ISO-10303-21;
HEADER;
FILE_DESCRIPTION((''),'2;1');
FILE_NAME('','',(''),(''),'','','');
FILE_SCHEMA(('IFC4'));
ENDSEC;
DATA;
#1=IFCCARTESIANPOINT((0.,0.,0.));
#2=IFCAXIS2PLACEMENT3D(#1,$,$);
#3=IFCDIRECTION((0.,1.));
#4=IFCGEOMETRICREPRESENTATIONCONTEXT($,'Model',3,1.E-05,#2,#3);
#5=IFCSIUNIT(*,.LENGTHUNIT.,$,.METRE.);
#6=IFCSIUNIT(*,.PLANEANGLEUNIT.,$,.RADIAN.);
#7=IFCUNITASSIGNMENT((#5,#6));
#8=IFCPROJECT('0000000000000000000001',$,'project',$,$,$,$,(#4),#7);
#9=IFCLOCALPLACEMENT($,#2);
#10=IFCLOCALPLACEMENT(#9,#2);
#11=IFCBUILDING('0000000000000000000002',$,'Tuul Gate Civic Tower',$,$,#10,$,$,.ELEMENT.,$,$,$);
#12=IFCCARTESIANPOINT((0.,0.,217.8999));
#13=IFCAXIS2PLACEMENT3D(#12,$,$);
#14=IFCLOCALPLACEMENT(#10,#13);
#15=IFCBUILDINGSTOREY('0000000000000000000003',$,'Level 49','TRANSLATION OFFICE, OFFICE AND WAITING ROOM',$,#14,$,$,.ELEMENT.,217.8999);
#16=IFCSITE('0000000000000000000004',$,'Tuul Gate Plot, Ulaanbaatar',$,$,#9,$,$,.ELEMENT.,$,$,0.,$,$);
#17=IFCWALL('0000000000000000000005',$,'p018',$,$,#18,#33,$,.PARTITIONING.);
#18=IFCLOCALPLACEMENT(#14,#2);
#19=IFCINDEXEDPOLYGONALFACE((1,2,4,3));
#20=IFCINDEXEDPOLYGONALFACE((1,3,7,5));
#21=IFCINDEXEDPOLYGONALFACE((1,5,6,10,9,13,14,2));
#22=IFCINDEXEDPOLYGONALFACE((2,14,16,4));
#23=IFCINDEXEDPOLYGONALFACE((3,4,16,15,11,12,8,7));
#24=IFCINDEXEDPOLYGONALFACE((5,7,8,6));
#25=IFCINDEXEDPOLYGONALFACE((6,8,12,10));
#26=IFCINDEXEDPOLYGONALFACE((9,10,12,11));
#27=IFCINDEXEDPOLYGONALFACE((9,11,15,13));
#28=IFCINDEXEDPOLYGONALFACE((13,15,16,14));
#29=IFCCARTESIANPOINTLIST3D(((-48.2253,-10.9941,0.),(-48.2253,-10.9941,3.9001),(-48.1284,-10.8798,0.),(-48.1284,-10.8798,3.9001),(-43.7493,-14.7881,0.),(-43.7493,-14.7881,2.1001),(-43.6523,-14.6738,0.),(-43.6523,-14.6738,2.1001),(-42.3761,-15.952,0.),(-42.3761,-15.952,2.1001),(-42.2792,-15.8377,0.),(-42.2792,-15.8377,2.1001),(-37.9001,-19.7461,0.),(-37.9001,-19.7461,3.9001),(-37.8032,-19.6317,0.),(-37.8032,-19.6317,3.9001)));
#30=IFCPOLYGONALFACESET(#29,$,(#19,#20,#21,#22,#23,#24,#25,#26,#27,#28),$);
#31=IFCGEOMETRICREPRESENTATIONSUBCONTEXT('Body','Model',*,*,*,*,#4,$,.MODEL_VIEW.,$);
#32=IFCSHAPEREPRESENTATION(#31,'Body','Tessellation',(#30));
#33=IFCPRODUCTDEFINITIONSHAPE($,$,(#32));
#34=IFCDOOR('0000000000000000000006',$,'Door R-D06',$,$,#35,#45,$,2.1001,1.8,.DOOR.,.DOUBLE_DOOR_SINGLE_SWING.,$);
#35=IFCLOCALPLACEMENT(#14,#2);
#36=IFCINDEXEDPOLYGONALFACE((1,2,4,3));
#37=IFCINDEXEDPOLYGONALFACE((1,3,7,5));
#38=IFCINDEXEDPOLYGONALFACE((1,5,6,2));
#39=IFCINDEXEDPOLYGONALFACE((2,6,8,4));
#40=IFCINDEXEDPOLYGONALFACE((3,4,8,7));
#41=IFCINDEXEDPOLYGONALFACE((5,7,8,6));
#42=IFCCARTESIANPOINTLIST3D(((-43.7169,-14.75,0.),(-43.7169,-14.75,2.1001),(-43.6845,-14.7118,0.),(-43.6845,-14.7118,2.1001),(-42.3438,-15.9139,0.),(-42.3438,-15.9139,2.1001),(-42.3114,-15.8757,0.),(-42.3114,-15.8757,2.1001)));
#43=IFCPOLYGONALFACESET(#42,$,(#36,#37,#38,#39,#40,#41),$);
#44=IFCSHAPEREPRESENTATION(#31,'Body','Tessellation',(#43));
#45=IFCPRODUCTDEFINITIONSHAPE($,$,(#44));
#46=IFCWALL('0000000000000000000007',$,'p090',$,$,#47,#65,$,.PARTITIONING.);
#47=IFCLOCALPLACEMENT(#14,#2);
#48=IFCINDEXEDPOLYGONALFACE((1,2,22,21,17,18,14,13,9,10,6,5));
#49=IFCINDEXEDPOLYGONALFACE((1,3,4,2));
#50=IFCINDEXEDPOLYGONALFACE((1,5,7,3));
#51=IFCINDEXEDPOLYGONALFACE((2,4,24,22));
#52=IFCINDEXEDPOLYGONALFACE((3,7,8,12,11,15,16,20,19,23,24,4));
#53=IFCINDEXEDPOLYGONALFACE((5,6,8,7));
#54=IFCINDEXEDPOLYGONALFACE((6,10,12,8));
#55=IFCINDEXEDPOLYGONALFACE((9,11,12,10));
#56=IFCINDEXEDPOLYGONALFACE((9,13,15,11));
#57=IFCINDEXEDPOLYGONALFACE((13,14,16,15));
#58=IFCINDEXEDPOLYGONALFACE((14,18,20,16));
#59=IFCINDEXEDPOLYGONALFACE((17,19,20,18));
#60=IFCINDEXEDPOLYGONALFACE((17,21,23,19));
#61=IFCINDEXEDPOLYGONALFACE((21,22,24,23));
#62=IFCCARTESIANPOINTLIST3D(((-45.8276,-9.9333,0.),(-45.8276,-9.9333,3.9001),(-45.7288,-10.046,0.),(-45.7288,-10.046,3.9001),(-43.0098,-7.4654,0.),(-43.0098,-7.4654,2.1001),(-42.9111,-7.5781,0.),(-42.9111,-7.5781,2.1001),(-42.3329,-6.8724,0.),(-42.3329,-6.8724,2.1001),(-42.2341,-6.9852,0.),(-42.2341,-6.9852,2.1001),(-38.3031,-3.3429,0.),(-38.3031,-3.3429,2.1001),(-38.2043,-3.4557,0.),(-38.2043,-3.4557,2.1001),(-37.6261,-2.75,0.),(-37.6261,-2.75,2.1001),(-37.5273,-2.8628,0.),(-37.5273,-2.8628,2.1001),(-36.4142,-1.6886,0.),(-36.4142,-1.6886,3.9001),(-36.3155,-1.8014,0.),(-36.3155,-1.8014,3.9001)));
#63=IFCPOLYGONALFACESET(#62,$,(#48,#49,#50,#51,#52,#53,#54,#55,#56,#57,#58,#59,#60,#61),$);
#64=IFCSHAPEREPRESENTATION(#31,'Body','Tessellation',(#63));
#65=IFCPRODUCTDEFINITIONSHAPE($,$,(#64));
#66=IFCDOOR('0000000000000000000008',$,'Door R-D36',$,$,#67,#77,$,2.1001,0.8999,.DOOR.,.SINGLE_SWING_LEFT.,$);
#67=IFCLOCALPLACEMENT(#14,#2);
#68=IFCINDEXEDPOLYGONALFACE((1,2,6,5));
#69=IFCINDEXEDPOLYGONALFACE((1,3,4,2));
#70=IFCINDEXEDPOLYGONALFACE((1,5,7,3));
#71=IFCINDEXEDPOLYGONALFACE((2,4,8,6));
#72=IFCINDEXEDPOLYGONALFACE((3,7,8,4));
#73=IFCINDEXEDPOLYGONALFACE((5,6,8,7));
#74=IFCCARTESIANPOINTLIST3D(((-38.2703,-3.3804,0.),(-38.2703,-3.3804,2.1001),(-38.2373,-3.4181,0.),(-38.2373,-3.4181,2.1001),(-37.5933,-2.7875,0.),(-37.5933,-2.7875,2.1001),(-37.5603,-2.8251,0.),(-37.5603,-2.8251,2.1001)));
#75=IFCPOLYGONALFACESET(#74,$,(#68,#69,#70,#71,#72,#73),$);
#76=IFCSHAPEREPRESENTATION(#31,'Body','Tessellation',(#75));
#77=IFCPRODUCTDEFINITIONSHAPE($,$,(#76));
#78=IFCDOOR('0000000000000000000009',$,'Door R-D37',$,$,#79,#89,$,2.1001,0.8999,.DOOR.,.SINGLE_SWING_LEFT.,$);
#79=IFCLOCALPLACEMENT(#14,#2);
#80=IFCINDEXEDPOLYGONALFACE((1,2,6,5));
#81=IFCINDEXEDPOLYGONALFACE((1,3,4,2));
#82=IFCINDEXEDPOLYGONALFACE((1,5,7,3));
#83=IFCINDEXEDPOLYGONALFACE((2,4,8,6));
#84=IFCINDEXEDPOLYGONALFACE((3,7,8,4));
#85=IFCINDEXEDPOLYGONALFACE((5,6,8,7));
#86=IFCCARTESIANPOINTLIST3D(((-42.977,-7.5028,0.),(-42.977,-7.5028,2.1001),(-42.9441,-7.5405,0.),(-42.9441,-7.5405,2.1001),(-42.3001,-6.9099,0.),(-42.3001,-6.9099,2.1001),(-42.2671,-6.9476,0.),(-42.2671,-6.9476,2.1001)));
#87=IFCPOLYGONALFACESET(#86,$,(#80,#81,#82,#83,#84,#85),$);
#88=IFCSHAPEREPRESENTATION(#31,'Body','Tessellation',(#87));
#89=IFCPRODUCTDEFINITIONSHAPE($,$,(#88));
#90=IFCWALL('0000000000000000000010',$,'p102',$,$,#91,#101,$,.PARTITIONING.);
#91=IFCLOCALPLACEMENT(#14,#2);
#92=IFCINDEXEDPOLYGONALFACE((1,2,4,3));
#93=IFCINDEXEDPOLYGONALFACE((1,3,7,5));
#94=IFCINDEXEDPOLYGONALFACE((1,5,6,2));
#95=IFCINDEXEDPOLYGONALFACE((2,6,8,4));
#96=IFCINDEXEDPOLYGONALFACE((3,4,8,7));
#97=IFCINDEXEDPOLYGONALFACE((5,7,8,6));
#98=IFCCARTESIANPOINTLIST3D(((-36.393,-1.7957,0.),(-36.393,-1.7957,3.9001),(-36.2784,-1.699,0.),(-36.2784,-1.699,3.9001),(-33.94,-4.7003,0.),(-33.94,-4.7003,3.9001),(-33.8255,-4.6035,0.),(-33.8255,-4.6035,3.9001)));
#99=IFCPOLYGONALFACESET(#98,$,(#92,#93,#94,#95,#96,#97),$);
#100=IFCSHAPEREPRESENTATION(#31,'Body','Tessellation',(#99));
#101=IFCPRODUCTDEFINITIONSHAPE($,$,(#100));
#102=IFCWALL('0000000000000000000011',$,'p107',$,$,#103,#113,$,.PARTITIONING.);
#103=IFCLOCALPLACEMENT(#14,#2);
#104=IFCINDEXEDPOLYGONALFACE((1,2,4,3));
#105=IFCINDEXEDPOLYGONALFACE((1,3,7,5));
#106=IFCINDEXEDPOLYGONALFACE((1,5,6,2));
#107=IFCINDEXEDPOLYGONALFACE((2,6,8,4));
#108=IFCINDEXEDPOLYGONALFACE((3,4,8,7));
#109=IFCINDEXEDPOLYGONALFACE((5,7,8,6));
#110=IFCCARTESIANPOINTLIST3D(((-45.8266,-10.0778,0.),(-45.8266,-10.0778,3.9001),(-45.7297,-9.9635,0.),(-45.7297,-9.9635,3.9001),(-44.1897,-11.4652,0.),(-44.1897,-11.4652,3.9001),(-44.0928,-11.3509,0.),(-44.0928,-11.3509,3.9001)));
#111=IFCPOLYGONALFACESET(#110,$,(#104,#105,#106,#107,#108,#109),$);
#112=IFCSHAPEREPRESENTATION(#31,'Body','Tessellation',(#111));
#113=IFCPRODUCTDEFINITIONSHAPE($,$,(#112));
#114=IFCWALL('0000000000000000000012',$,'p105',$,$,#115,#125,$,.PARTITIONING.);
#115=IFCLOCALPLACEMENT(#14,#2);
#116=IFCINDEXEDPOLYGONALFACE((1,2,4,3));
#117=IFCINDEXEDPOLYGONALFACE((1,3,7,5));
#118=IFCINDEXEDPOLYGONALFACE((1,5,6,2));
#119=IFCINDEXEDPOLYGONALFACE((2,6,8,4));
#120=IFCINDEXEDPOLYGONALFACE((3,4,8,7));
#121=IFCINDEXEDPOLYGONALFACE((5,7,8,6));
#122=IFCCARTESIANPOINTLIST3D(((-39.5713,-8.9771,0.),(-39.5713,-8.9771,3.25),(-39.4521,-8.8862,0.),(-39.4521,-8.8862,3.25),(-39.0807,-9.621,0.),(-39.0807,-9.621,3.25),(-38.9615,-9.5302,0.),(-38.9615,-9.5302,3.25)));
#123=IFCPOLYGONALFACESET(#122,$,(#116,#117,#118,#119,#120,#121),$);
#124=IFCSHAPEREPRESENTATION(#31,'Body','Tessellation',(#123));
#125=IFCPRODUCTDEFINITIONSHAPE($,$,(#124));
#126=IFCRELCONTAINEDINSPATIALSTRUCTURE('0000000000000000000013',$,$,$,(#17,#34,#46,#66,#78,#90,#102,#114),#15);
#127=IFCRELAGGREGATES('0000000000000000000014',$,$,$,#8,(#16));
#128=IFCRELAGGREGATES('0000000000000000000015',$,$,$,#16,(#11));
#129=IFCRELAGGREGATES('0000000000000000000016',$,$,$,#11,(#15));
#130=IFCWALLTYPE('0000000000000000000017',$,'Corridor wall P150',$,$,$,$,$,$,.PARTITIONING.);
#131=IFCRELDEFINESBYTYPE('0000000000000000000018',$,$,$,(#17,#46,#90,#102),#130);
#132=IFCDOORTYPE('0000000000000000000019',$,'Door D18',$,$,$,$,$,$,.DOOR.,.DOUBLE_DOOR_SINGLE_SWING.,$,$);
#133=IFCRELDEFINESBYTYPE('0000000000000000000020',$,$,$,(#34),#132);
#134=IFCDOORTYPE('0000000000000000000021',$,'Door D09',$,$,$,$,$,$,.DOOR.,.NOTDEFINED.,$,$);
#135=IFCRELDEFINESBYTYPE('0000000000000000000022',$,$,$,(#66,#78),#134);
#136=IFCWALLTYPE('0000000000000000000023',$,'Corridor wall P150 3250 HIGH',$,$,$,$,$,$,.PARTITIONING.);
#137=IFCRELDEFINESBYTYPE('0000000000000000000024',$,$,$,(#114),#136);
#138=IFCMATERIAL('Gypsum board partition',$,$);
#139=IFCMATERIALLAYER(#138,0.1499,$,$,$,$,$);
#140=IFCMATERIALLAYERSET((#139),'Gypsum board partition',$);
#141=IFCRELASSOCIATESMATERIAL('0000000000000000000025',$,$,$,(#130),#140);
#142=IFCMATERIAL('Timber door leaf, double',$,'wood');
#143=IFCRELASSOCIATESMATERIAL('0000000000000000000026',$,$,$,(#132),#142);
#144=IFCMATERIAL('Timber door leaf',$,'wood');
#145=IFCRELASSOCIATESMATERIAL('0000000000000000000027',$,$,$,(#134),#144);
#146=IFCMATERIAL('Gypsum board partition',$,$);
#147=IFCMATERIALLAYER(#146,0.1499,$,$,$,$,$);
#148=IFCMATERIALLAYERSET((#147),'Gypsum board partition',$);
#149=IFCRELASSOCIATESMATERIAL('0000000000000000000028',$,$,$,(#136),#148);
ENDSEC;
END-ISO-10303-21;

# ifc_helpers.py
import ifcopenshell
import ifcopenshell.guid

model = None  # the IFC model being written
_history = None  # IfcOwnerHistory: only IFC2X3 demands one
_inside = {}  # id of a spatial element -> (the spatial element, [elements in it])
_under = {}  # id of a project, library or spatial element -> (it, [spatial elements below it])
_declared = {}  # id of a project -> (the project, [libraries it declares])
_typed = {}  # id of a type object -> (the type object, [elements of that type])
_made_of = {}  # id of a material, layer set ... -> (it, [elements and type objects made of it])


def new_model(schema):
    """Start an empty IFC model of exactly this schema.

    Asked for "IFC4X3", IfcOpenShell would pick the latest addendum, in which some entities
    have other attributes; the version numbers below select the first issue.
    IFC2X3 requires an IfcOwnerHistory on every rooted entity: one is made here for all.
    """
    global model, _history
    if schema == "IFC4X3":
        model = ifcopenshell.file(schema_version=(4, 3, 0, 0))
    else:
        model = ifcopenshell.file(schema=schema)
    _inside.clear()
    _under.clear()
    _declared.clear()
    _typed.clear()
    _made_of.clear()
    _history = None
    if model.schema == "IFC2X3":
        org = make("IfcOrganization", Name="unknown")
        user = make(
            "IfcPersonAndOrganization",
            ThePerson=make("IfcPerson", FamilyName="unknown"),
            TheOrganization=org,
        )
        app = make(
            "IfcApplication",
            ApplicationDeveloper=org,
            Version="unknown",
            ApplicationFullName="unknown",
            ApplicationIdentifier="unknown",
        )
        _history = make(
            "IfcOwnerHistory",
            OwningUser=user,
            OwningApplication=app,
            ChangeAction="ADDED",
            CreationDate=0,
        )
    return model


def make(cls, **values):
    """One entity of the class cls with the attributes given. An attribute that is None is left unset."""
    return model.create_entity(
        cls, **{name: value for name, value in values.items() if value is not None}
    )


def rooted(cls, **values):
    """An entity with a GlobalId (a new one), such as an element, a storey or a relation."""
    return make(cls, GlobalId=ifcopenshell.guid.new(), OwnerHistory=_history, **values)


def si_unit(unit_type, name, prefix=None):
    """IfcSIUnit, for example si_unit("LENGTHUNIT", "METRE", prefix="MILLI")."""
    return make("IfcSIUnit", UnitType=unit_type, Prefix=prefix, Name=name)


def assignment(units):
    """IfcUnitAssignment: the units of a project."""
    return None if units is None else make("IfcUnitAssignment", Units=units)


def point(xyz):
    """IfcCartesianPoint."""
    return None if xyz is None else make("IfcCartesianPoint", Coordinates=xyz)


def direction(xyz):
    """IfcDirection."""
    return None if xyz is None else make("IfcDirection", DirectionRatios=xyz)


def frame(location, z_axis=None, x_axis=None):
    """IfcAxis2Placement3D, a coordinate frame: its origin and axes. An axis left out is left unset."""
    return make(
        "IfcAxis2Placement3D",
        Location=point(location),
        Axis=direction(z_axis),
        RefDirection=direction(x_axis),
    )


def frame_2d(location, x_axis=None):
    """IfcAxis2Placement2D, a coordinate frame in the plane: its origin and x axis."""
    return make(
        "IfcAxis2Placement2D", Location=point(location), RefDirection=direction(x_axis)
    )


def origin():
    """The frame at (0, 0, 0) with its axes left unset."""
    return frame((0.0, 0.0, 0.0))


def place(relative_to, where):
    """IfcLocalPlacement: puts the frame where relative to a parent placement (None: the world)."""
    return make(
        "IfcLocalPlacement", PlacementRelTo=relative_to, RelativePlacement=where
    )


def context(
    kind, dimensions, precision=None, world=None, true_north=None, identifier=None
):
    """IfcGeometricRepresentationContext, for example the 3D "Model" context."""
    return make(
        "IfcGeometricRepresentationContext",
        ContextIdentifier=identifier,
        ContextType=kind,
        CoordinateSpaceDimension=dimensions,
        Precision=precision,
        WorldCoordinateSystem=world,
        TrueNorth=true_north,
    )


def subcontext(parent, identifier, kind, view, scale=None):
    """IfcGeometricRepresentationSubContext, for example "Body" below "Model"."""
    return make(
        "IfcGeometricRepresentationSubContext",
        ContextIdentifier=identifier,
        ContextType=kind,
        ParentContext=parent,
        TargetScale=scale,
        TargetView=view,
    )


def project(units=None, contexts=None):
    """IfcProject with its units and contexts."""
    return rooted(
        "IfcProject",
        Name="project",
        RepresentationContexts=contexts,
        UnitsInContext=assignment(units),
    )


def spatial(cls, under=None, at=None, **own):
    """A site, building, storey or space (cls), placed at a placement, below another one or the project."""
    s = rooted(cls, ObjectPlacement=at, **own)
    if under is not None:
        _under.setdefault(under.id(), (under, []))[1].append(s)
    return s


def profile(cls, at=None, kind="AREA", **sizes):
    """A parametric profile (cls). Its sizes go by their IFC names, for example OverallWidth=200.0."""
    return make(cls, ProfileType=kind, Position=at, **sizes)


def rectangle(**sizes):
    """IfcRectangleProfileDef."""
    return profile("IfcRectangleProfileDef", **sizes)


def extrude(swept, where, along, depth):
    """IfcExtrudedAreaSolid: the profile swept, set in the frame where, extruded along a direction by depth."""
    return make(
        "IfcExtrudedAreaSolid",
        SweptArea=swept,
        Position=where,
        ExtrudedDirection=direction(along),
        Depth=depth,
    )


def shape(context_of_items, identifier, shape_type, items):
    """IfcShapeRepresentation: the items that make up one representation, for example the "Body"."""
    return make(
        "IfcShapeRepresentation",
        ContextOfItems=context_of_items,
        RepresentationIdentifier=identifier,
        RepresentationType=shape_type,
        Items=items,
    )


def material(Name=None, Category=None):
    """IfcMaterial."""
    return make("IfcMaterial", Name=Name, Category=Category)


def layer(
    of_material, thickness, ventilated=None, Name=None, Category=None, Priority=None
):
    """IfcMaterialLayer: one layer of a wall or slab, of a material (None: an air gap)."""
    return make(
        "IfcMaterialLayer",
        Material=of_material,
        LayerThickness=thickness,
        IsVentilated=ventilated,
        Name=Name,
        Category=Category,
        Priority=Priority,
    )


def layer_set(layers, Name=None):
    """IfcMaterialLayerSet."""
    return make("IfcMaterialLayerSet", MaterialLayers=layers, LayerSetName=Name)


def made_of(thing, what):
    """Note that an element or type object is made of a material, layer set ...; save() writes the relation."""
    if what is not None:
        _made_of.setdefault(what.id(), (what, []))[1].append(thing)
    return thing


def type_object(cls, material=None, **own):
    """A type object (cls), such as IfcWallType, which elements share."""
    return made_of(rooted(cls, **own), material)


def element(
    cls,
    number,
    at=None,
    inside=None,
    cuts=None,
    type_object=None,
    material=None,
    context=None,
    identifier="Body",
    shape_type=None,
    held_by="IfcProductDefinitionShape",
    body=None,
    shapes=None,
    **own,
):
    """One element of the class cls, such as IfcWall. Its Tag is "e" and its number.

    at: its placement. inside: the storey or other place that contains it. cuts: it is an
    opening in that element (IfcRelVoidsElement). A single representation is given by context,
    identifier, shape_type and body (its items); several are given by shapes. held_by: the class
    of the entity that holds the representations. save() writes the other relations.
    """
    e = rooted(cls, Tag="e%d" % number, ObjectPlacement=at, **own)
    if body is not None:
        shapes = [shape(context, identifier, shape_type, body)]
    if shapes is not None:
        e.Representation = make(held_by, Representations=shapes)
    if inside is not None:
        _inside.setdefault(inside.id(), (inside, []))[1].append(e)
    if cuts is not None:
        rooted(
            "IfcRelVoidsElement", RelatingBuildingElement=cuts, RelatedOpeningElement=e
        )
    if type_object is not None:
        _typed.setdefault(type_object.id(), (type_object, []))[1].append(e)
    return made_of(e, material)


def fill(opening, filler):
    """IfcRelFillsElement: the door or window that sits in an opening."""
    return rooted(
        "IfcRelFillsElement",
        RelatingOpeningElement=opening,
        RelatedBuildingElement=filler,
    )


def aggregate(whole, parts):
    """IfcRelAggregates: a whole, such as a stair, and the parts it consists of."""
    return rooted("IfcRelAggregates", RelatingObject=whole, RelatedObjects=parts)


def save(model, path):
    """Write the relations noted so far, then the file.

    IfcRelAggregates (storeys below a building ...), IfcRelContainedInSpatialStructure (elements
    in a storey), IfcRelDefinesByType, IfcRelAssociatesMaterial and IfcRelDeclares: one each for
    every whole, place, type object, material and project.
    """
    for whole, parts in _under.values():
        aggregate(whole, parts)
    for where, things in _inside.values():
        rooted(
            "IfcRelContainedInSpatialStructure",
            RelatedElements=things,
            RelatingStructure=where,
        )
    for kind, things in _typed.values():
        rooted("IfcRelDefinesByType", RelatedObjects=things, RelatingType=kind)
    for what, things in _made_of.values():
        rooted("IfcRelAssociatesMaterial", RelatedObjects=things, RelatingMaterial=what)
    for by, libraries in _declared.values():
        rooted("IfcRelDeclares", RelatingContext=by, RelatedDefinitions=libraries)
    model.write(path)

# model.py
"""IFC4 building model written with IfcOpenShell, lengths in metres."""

from ifc_helpers import new_model, si_unit, direction, frame, frame_2d, origin, place, context, subcontext, project, spatial, rectangle, extrude, material, layer, layer_set, type_object, element, fill, save


model = new_model("IFC4")

# Units and contexts
model_context = context("Model", 3, precision=1e-05, world=origin(), true_north=direction((0.0, 1.0)))
body_context = subcontext(model_context, "Body", "Model", "MODEL_VIEW")
ifc_project = project(units=[si_unit("LENGTHUNIT", "METRE"), si_unit("PLANEANGLEUNIT", "RADIAN")], contexts=[model_context])

# Site, building, storey
site_placement = place(None, origin())
site = spatial("IfcSite", under=ifc_project, at=site_placement, Name="Tuul Gate Plot, Ulaanbaatar", CompositionType="ELEMENT", RefElevation=0.0)
building_placement = place(site_placement, origin())
building = spatial("IfcBuilding", under=site, at=building_placement, Name="Tuul Gate Civic Tower", CompositionType="ELEMENT")
storey_placement = place(building_placement, frame((0.0, 0.0, 217.8999)))
storey = spatial("IfcBuildingStorey", under=building, at=storey_placement, Name="Level 49", Description="TRANSLATION OFFICE, OFFICE AND WAITING ROOM", CompositionType="ELEMENT", Elevation=217.8999)

# Shared definitions
ifc_material_1 = material(Name="Gypsum board partition")
ifc_layer_1 = layer(ifc_material_1, 0.1499)
ifc_layer_set_1 = layer_set([ifc_layer_1], Name="Gypsum board partition")
wall_type_1 = type_object("IfcWallType", Name="Corridor wall P150", PredefinedType="PARTITIONING", material=ifc_layer_set_1)
ifc_material_2 = material(Name="Timber door leaf, double", Category="wood")
door_type_1 = type_object("IfcDoorType", Name="Door D18", OperationType="DOUBLE_DOOR_SINGLE_SWING", PredefinedType="DOOR", material=ifc_material_2)

# Wall, opening, door
wall_1_placement = place(storey_placement, frame((-48.1768, -10.937, 0.0), z_axis=(0.0, 0.0, 1.0), x_axis=(0.76283, -0.646599, 0.0)))
wall_1 = element("IfcWall", 1, at=wall_1_placement, inside=storey, type_object=wall_type_1, Name="p018", PredefinedType="PARTITIONING", context=body_context, shape_type="SweptSolid", body=[
    extrude(rectangle(XDim=13.5354, YDim=0.1499, at=frame_2d((6.7676, 0.0))), origin(), (0.0, 0.0, 1.0), 3.9001),
])
opening_1_placement = place(wall_1_placement, frame((5.8677, 0.0, 0.0)))
opening_1 = element("IfcOpeningElement", 2, at=opening_1_placement, cuts=wall_1, PredefinedType="OPENING", context=body_context, shape_type="SweptSolid", body=[
    extrude(rectangle(XDim=1.8, YDim=2.1001, at=frame_2d((0.8999, 1.05))), frame((0.0, 0.085, 0.0), z_axis=(0.0, -1.0, 0.0), x_axis=(1.0, 0.0, 0.0)), (0.0, 0.0, 1.0), 0.1699),
])
door_1_placement = place(opening_1_placement, frame((1.8, 0.0, 0.0), z_axis=(0.0, 0.0, 1.0), x_axis=(-1.0, 0.0, 0.0)))
door_1 = element("IfcDoor", 3, at=door_1_placement, inside=storey, type_object=door_type_1, Name="Door R-D06", OperationType="DOUBLE_DOOR_SINGLE_SWING", OverallHeight=2.1001, OverallWidth=1.8, PredefinedType="DOOR", context=body_context, shape_type="SweptSolid", body=[
    extrude(rectangle(XDim=1.8, YDim=2.1001, at=frame_2d((0.9001, 1.05))), frame((0.0, 0.0249, 0.0), z_axis=(0.0, -1.0, 0.0), x_axis=(1.0, 0.0, 0.0)), (0.0, 0.0, 1.0), 0.05),
])
fill(opening_1, door_1)

# Wall, openings, doors
wall_2_placement = place(storey_placement, frame((-45.7783, -9.9897, 0.0), z_axis=(0.0, 0.0, 1.0), x_axis=(0.752261, 0.658865, 0.0)))
wall_2 = element("IfcWall", 4, at=wall_2_placement, inside=storey, type_object=wall_type_1, Name="p090", PredefinedType="PARTITIONING", context=body_context, shape_type="SweptSolid", body=[
    extrude(rectangle(XDim=12.5134, YDim=0.1499, at=frame_2d((6.2568, 0.0))), origin(), (0.0, 0.0, 1.0), 3.9001),
])
opening_2_placement = place(wall_2_placement, frame((10.0027, 0.0, 0.0)))
opening_2 = element("IfcOpeningElement", 5, at=opening_2_placement, cuts=wall_2, PredefinedType="OPENING", context=body_context, shape_type="SweptSolid", body=[
    extrude(rectangle(XDim=0.8999, YDim=2.1001, at=frame_2d((0.45, 1.05))), frame((0.0, 0.085, 0.0), z_axis=(0.0, -1.0, 0.0), x_axis=(1.0, 0.0, 0.0)), (0.0, 0.0, 1.0), 0.1699),
])
opening_3_placement = place(wall_2_placement, frame((3.7458, 0.0, 0.0)))
opening_3 = element("IfcOpeningElement", 6, at=opening_3_placement, cuts=wall_2, PredefinedType="OPENING", context=body_context, shape_type="SweptSolid", body=[
    extrude(rectangle(XDim=0.8999, YDim=2.1001, at=frame_2d((0.45, 1.05))), frame((0.0, 0.085, 0.0), z_axis=(0.0, -1.0, 0.0), x_axis=(1.0, 0.0, 0.0)), (0.0, 0.0, 1.0), 0.1699),
])
ifc_material_3 = material(Name="Timber door leaf", Category="wood")
door_type_2 = type_object("IfcDoorType", Name="Door D09", OperationType="NOTDEFINED", PredefinedType="DOOR", material=ifc_material_3)
door_2_placement = place(opening_2_placement, frame((0.8999, 0.0, 0.0), z_axis=(0.0, 0.0, 1.0), x_axis=(-1.0, 0.0, 0.0)))
door_2 = element("IfcDoor", 7, at=door_2_placement, inside=storey, type_object=door_type_2, Name="Door R-D36", OperationType="SINGLE_SWING_LEFT", OverallHeight=2.1001, OverallWidth=0.8999, PredefinedType="DOOR", context=body_context, shape_type="SweptSolid", body=[
    extrude(rectangle(XDim=0.8999, YDim=2.1001, at=frame_2d((0.45, 1.05))), frame((0.0, 0.0249, 0.0), z_axis=(0.0, -1.0, 0.0), x_axis=(1.0, 0.0, 0.0)), (0.0, 0.0, 1.0), 0.05),
])
fill(opening_2, door_2)
door_3_placement = place(opening_3_placement, frame((0.8999, 0.0, 0.0), z_axis=(0.0, 0.0, 1.0), x_axis=(-1.0, 0.0, 0.0)))
door_3 = element("IfcDoor", 8, at=door_3_placement, inside=storey, type_object=door_type_2, Name="Door R-D37", OperationType="SINGLE_SWING_LEFT", OverallHeight=2.1001, OverallWidth=0.8999, PredefinedType="DOOR", context=body_context, shape_type="SweptSolid", body=[
    extrude(rectangle(XDim=0.8999, YDim=2.1001, at=frame_2d((0.45, 1.05))), frame((0.0, 0.0249, 0.0), z_axis=(0.0, -1.0, 0.0), x_axis=(1.0, 0.0, 0.0)), (0.0, 0.0, 1.0), 0.05),
])
fill(opening_3, door_3)

# Walls
wall_3_placement = place(storey_placement, frame((-36.3357, -1.7473, 0.0), z_axis=(0.0, 0.0, 1.0), x_axis=(0.645205, -0.76401, 0.0)))
element("IfcWall", 9, at=wall_3_placement, inside=storey, type_object=wall_type_1, Name="p102", PredefinedType="PARTITIONING", context=body_context, shape_type="SweptSolid", body=[
    extrude(rectangle(XDim=3.8018, YDim=0.1499, at=frame_2d((1.9009, 0.0))), origin(), (0.0, 0.0, 1.0), 3.9001),
])
wall_4_placement = place(storey_placement, frame((-45.7781, -10.0208, 0.0), z_axis=(0.0, 0.0, 1.0), x_axis=(0.762851, -0.646574, 0.0)))
element("IfcWall", 10, at=wall_4_placement, inside=storey, type_object=wall_type_1, Name="p107", PredefinedType="PARTITIONING", context=body_context, shape_type="SweptSolid", body=[
    extrude(rectangle(XDim=2.1458, YDim=0.1499, at=frame_2d((1.0728, 0.0))), origin(), (0.0, 0.0, 1.0), 3.9001),
])
ifc_material_4 = material(Name="Gypsum board partition")
ifc_layer_2 = layer(ifc_material_4, 0.1499)
ifc_layer_set_2 = layer_set([ifc_layer_2], Name="Gypsum board partition")
wall_type_2 = type_object("IfcWallType", Name="Corridor wall P150 3250 HIGH", PredefinedType="PARTITIONING", material=ifc_layer_set_2)
wall_5_placement = place(storey_placement, frame((-39.5117, -8.9316, 0.0), z_axis=(0.0, 0.0, 1.0), x_axis=(0.606061, -0.795418, 0.0)))
element("IfcWall", 11, at=wall_5_placement, inside=storey, type_object=wall_type_2, Name="p105", PredefinedType="PARTITIONING", context=body_context, shape_type="SweptSolid", body=[
    extrude(rectangle(XDim=0.8096, YDim=0.1499, at=frame_2d((0.4048, 0.0))), origin(), (0.0, 0.0, 1.0), 3.25),
])

save(model, "model.ifc")
